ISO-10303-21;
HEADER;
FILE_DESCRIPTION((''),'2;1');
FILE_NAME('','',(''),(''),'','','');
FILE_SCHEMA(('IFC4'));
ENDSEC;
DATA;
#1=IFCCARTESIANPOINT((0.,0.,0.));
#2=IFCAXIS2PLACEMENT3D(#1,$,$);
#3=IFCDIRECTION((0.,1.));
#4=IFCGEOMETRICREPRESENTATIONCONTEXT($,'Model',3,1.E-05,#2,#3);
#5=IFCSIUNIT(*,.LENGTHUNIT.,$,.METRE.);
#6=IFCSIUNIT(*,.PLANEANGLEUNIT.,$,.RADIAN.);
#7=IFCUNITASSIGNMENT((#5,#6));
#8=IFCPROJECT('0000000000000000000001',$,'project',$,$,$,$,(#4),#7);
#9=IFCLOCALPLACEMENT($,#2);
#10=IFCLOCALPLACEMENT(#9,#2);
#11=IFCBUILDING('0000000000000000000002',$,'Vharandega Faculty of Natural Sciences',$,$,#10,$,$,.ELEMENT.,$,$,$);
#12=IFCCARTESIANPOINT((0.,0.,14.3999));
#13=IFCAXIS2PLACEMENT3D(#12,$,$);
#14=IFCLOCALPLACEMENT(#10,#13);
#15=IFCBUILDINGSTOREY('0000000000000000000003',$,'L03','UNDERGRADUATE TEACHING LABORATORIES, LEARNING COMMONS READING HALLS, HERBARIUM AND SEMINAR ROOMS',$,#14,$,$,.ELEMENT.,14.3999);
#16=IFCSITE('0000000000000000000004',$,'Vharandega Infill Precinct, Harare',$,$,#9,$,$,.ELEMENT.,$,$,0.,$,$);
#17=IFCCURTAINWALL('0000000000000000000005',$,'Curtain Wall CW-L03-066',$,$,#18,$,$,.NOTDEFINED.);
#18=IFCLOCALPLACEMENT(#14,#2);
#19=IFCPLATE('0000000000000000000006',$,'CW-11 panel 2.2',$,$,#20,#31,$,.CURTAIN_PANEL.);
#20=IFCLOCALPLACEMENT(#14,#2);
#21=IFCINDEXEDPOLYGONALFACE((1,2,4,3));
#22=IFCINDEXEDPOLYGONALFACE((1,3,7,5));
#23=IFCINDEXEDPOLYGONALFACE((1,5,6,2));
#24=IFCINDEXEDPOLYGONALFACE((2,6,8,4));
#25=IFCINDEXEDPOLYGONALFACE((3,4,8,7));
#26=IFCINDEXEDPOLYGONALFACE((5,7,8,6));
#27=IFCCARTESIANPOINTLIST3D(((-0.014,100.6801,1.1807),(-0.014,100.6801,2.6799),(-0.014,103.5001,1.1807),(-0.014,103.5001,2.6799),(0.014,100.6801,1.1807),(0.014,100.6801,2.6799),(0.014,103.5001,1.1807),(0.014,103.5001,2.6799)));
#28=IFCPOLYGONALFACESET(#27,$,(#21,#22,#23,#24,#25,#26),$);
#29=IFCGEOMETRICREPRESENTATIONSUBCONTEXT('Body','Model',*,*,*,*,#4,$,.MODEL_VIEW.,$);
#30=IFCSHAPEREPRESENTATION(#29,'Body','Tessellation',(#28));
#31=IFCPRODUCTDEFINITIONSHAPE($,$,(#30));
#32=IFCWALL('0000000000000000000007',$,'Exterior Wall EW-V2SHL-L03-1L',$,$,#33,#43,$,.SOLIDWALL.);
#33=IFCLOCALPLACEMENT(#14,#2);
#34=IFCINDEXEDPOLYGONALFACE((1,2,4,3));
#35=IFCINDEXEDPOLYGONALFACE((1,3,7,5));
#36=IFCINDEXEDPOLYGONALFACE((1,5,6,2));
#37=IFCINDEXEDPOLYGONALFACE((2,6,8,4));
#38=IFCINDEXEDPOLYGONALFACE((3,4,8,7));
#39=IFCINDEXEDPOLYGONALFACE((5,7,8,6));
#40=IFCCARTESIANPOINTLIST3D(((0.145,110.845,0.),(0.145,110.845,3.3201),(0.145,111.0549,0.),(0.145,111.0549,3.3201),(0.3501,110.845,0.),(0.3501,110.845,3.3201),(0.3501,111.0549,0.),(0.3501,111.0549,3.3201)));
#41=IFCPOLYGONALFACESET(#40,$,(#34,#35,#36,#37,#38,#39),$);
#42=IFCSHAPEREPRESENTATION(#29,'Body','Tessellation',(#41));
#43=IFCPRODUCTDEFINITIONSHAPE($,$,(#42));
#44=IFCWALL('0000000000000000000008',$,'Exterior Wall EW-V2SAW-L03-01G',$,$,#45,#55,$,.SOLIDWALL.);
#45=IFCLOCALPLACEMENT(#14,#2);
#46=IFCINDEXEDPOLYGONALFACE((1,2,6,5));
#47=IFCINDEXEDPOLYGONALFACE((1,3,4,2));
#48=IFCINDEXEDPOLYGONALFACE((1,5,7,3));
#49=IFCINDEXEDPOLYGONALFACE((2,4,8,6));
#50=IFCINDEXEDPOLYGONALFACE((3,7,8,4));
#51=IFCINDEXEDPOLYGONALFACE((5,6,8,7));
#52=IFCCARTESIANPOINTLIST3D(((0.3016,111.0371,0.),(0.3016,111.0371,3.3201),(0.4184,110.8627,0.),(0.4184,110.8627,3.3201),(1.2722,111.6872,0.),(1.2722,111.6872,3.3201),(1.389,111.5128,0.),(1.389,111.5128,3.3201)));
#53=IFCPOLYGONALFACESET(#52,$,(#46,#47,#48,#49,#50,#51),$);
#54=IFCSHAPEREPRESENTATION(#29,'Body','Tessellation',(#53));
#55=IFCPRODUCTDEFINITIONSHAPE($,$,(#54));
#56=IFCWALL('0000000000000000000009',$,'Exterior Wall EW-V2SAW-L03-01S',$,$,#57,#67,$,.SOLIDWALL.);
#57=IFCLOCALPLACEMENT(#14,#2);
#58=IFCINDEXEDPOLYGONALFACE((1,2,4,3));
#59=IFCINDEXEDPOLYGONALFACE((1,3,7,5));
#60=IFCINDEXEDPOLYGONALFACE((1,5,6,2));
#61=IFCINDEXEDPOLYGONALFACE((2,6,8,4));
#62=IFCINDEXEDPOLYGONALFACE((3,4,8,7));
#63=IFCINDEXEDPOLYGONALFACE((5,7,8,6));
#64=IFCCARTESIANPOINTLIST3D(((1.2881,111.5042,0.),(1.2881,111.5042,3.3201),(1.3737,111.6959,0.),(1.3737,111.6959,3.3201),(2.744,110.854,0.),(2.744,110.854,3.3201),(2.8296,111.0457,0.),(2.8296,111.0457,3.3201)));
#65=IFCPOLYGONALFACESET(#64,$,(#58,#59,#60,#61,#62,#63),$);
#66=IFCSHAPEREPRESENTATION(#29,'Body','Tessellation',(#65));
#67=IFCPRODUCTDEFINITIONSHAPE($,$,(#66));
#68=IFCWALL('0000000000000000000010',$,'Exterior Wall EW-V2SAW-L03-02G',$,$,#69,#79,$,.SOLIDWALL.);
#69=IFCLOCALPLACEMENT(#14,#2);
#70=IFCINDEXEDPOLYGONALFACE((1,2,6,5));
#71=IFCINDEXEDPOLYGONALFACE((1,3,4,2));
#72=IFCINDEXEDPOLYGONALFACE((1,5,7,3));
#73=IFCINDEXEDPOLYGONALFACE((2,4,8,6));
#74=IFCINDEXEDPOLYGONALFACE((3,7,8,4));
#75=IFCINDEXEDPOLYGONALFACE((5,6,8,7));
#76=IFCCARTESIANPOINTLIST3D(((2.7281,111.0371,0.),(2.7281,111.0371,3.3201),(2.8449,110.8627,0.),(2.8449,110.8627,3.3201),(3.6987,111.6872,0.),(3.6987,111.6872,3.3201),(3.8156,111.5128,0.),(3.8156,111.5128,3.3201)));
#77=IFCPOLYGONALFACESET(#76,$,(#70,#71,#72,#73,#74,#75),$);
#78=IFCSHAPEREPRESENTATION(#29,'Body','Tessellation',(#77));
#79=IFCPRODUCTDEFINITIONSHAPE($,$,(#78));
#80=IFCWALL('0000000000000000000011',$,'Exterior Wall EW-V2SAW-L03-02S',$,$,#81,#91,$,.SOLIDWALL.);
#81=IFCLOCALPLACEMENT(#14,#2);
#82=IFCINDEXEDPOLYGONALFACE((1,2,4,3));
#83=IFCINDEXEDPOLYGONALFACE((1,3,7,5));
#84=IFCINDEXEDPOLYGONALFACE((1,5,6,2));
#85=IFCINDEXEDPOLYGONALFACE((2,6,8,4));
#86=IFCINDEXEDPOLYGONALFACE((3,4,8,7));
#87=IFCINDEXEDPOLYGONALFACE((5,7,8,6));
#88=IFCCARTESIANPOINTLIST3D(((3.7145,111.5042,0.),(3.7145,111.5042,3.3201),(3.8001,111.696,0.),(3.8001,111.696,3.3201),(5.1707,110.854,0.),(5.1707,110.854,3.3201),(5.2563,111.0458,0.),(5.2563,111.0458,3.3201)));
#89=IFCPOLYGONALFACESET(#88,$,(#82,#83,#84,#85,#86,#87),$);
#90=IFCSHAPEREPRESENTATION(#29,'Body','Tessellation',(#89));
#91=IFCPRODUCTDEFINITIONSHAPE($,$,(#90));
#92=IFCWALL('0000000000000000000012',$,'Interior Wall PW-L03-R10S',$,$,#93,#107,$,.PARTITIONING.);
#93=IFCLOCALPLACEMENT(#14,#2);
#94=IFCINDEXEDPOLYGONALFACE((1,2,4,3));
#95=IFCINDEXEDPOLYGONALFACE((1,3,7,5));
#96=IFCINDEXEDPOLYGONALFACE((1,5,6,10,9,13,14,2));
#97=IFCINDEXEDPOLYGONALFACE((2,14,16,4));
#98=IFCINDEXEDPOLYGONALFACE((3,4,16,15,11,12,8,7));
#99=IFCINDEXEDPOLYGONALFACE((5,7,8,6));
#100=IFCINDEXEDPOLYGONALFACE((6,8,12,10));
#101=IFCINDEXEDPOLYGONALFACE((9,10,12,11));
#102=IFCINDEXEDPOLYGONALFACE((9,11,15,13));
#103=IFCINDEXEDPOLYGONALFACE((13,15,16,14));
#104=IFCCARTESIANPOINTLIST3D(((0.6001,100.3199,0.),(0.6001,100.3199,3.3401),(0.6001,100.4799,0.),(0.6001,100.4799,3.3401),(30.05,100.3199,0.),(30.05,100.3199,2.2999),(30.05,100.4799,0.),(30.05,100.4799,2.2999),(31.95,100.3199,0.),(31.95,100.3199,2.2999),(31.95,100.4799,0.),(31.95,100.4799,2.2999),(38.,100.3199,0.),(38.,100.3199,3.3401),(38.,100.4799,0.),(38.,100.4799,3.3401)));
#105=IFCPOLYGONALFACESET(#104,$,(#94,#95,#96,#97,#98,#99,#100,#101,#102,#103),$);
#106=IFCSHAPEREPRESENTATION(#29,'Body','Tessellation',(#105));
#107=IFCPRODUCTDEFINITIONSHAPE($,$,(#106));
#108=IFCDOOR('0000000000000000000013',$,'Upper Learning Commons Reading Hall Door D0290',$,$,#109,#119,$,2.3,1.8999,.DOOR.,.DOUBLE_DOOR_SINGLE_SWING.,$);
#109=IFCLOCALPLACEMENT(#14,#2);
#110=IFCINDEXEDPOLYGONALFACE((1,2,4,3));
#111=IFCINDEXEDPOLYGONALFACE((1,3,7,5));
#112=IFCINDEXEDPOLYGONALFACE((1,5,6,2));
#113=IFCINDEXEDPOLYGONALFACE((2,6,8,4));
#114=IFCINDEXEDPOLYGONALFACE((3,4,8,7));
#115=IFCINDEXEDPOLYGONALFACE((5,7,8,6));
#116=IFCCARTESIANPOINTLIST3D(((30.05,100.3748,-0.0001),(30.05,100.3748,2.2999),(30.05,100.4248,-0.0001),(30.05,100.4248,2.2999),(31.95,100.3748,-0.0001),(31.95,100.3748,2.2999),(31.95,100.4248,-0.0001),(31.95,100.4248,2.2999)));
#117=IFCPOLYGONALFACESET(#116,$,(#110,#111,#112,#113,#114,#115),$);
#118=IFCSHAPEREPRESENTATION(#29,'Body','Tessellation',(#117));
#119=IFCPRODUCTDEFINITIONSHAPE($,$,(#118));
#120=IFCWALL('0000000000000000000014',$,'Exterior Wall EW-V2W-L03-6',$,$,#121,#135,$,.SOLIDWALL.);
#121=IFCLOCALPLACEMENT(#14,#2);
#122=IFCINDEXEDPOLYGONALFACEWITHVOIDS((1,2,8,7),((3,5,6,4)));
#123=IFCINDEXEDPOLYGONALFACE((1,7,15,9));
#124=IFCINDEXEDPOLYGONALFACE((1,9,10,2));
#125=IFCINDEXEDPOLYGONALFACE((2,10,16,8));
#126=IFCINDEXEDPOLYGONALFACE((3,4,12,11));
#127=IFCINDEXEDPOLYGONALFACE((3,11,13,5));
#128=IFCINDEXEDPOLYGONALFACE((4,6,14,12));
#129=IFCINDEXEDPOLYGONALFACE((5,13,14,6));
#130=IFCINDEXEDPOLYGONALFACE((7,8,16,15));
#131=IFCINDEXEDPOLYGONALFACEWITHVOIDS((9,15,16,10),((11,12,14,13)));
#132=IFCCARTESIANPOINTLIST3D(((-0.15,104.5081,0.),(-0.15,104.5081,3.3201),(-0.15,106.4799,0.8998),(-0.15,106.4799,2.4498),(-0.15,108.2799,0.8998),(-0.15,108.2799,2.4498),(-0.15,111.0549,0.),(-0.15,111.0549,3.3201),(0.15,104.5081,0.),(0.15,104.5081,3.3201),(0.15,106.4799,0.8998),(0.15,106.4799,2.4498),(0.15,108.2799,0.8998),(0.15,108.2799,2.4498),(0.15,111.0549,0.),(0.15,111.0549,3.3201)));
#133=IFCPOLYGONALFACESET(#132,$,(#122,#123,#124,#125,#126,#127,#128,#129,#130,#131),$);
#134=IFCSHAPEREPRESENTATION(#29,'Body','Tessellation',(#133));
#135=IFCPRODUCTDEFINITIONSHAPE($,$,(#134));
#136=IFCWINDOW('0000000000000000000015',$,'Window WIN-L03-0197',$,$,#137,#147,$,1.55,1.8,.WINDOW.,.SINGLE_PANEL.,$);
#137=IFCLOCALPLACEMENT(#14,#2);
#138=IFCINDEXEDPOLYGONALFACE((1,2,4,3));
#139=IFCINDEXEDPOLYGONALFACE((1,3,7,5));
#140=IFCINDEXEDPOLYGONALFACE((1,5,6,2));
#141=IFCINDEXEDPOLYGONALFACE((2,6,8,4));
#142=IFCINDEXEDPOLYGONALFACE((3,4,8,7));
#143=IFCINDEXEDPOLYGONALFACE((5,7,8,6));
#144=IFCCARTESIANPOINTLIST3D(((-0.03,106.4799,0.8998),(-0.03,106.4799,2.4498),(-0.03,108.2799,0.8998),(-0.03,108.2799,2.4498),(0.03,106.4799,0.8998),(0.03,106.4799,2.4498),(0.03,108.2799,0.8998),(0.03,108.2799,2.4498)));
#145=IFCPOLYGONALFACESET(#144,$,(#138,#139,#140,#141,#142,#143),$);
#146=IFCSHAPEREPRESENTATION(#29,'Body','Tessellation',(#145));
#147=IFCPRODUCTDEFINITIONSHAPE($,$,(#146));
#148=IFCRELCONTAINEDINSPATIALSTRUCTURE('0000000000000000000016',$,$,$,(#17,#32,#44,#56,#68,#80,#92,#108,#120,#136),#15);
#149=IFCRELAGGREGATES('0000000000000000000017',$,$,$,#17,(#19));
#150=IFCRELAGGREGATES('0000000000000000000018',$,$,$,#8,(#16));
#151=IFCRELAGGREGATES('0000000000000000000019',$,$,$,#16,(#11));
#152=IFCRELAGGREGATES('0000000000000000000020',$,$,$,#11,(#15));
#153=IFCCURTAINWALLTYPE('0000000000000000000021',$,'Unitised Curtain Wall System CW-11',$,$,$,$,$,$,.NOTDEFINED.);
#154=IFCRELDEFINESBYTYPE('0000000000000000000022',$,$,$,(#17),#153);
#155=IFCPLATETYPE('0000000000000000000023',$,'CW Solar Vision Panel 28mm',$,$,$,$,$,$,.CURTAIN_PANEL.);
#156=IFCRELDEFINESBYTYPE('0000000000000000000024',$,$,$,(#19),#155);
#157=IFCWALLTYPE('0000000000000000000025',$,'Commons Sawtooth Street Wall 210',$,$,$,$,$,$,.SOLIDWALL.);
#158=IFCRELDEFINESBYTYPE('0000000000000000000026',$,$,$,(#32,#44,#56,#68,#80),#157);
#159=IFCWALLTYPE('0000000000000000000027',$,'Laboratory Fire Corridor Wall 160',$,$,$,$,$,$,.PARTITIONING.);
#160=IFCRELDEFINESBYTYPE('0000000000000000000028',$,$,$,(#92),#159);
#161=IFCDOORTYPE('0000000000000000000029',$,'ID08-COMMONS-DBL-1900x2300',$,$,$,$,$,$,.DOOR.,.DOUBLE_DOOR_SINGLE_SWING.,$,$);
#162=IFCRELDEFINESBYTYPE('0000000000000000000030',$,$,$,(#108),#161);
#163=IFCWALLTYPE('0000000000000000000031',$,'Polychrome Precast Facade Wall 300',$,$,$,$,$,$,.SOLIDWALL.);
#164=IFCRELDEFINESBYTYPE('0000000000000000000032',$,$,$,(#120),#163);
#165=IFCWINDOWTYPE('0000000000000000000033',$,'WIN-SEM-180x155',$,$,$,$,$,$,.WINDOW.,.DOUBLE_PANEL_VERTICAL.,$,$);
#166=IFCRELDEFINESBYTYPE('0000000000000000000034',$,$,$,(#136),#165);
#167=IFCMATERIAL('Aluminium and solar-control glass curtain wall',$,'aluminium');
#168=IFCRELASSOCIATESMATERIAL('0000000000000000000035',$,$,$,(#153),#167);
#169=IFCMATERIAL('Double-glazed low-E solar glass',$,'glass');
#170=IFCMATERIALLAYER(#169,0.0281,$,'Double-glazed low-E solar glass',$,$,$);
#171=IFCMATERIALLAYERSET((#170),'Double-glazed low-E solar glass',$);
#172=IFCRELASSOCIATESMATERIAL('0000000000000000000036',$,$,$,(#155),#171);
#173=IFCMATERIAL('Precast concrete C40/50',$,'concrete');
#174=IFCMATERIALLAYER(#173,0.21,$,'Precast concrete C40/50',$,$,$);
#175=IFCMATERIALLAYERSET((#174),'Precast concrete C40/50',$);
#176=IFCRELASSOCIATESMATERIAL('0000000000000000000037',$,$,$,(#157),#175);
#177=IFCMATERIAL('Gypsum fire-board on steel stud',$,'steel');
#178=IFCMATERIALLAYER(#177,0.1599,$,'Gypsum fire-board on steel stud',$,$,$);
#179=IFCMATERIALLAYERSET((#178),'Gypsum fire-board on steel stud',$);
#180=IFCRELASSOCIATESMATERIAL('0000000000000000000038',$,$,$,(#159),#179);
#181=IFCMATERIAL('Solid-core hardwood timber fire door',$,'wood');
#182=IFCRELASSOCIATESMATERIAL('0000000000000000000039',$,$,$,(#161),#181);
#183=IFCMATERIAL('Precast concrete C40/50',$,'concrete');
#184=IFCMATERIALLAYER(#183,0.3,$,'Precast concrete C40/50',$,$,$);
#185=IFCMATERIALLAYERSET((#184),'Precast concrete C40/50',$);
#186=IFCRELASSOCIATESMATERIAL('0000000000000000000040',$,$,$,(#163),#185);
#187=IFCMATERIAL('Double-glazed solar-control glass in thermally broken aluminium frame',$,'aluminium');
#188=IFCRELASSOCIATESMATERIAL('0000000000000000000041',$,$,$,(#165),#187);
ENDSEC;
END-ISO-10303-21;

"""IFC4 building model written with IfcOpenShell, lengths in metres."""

from ifc_helpers import new_model, si_unit, direction, frame, frame_2d, origin, origin_2d, place, context, subcontext, project, spatial, rectangle, extrude, material, layer, layer_set, type_object, element, fill, aggregate, save


model = new_model("IFC4")

# Units and contexts
model_context = context("Model", 3, precision=1e-05, world=origin(), true_north=direction((0.0, 1.0)))
body_context = subcontext(model_context, "Body", "Model", "MODEL_VIEW")
ifc_project = project(units=[si_unit("LENGTHUNIT", "METRE"), si_unit("PLANEANGLEUNIT", "RADIAN")], contexts=[model_context])

# Site, building, storey
site_placement = place(None, origin())
site = spatial("IfcSite", under=ifc_project, at=site_placement, Name="Vharandega Infill Precinct, Harare", CompositionType="ELEMENT", RefElevation=0.0)
building_placement = place(site_placement, origin())
building = spatial("IfcBuilding", under=site, at=building_placement, Name="Vharandega Faculty of Natural Sciences", CompositionType="ELEMENT")
storey_placement = place(building_placement, frame((0.0, 0.0, 14.3999)))
storey = spatial("IfcBuildingStorey", under=building, at=storey_placement, Name="L03", Description="UNDERGRADUATE TEACHING LABORATORIES, LEARNING COMMONS READING HALLS, HERBARIUM AND SEMINAR ROOMS", CompositionType="ELEMENT", Elevation=14.3999)

# Curtain wall
ifc_material_1 = material(Name="Aluminium and solar-control glass curtain wall", Category="aluminium")
curtain_wall_type = type_object("IfcCurtainWallType", Name="Unitised Curtain Wall System CW-11", PredefinedType="NOTDEFINED", material=ifc_material_1)
curtain_wall_placement = place(storey_placement, origin())
curtain_wall = element("IfcCurtainWall", 1, at=curtain_wall_placement, inside=storey, type_object=curtain_wall_type, Name="Curtain Wall CW-L03-066", PredefinedType="NOTDEFINED")

# Plate
ifc_material_2 = material(Name="Double-glazed low-E solar glass", Category="glass")
ifc_layer_1 = layer(ifc_material_2, 0.0281, Name="Double-glazed low-E solar glass")
ifc_layer_set_1 = layer_set([ifc_layer_1], Name="Double-glazed low-E solar glass")
plate_type = type_object("IfcPlateType", Name="CW Solar Vision Panel 28mm", PredefinedType="CURTAIN_PANEL", material=ifc_layer_set_1)
plate_1_placement = place(storey_placement, frame((0.0, 102.0901, 1.1807), z_axis=(0.0, 0.0, 1.0), x_axis=(0.0, 1.0, 0.0)))
plate_1 = element("IfcPlate", 2, at=plate_1_placement, type_object=plate_type, Name="CW-11 panel 2.2", PredefinedType="CURTAIN_PANEL", context=body_context, shape_type="SweptSolid", body=[
    extrude(rectangle(XDim=2.8201, YDim=0.0281, at=origin_2d()), origin(), (0.0, 0.0, 1.0), 1.4993),
])
aggregate(curtain_wall, [plate_1])

# Walls
ifc_material_3 = material(Name="Precast concrete C40/50", Category="concrete")
ifc_layer_2 = layer(ifc_material_3, 0.21, Name="Precast concrete C40/50")
ifc_layer_set_2 = layer_set([ifc_layer_2], Name="Precast concrete C40/50")
wall_type_1 = type_object("IfcWallType", Name="Commons Sawtooth Street Wall 210", PredefinedType="SOLIDWALL", material=ifc_layer_set_2)
wall_1_placement = place(storey_placement, frame((0.145, 110.95, 0.0), z_axis=(0.0, 0.0, 1.0), x_axis=(1.0, 0.0, 0.0)))
element("IfcWall", 3, at=wall_1_placement, inside=storey, type_object=wall_type_1, Name="Exterior Wall EW-V2SHL-L03-1L", PredefinedType="SOLIDWALL", context=body_context, shape_type="SweptSolid", body=[
    extrude(rectangle(XDim=0.2051, YDim=0.21, at=frame_2d((0.1025, 0.0))), origin(), (0.0, 0.0, 1.0), 3.3201),
])
wall_2_placement = place(storey_placement, frame((0.3601, 110.95, 0.0), z_axis=(0.0, 0.0, 1.0), x_axis=(0.830859, 0.556483, 0.0)))
element("IfcWall", 4, at=wall_2_placement, inside=storey, type_object=wall_type_1, Name="Exterior Wall EW-V2SAW-L03-01G", PredefinedType="SOLIDWALL", context=body_context, shape_type="SweptSolid", body=[
    extrude(rectangle(XDim=1.1682, YDim=0.21, at=frame_2d((0.584, 0.0))), origin(), (0.0, 0.0, 1.0), 3.3201),
])
wall_3_placement = place(storey_placement, frame((1.3308, 111.6001, 0.0), z_axis=(0.0, 0.0, 1.0), x_axis=(0.913084, -0.407772, 0.0)))
element("IfcWall", 5, at=wall_3_placement, inside=storey, type_object=wall_type_1, Name="Exterior Wall EW-V2SAW-L03-01S", PredefinedType="SOLIDWALL", context=body_context, shape_type="SweptSolid", body=[
    extrude(rectangle(XDim=1.5945, YDim=0.21, at=frame_2d((0.7974, 0.0))), origin(), (0.0, 0.0, 1.0), 3.3201),
])
wall_4_placement = place(storey_placement, frame((2.7866, 110.95, 0.0), z_axis=(0.0, 0.0, 1.0), x_axis=(0.830859, 0.556483, 0.0)))
element("IfcWall", 6, at=wall_4_placement, inside=storey, type_object=wall_type_1, Name="Exterior Wall EW-V2SAW-L03-02G", PredefinedType="SOLIDWALL", context=body_context, shape_type="SweptSolid", body=[
    extrude(rectangle(XDim=1.1682, YDim=0.21, at=frame_2d((0.584, 0.0))), origin(), (0.0, 0.0, 1.0), 3.3201),
])
wall_5_placement = place(storey_placement, frame((3.7573, 111.6001, 0.0), z_axis=(0.0, 0.0, 1.0), x_axis=(0.913109, -0.407715, 0.0)))
element("IfcWall", 7, at=wall_5_placement, inside=storey, type_object=wall_type_1, Name="Exterior Wall EW-V2SAW-L03-02S", PredefinedType="SOLIDWALL", context=body_context, shape_type="SweptSolid", body=[
    extrude(rectangle(XDim=1.5947, YDim=0.21, at=frame_2d((0.7974, 0.0))), origin(), (0.0, 0.0, 1.0), 3.3201),
])

# Wall, opening, door
ifc_material_4 = material(Name="Gypsum fire-board on steel stud", Category="steel")
ifc_layer_3 = layer(ifc_material_4, 0.1599, Name="Gypsum fire-board on steel stud")
ifc_layer_set_3 = layer_set([ifc_layer_3], Name="Gypsum fire-board on steel stud")
wall_type_2 = type_object("IfcWallType", Name="Laboratory Fire Corridor Wall 160", PredefinedType="PARTITIONING", material=ifc_layer_set_3)
wall_6_placement = place(storey_placement, frame((0.6001, 100.3999, 0.0), z_axis=(0.0, 0.0, 1.0), x_axis=(1.0, 0.0, 0.0)))
wall_6 = element("IfcWall", 8, at=wall_6_placement, inside=storey, type_object=wall_type_2, Name="Interior Wall PW-L03-R10S", PredefinedType="PARTITIONING", context=body_context, shape_type="SweptSolid", body=[
    extrude(rectangle(XDim=37.3999, YDim=0.1599, at=frame_2d((18.7, 0.0))), origin(), (0.0, 0.0, 1.0), 3.3401),
])
opening_1_placement = place(wall_6_placement, frame((29.45, 0.0, 0.0)))
opening_1 = element("IfcOpeningElement", 9, at=opening_1_placement, cuts=wall_6, PredefinedType="OPENING", context=body_context, shape_type="SweptSolid", body=[
    extrude(rectangle(XDim=1.8999, YDim=2.3, at=frame_2d((0.95, 1.1499))), frame((0.0, 0.0898, 0.0), z_axis=(0.0, -1.0, 0.0), x_axis=(1.0, 0.0, 0.0)), (0.0, 0.0, 1.0), 0.1799),
])
ifc_material_5 = material(Name="Solid-core hardwood timber fire door", Category="wood")
door_type = type_object("IfcDoorType", Name="ID08-COMMONS-DBL-1900x2300", OperationType="DOUBLE_DOOR_SINGLE_SWING", PredefinedType="DOOR", material=ifc_material_5)
door_placement = place(opening_1_placement, origin())
door = element("IfcDoor", 10, at=door_placement, inside=storey, type_object=door_type, Name="Upper Learning Commons Reading Hall Door D0290", OperationType="DOUBLE_DOOR_SINGLE_SWING", OverallHeight=2.3, OverallWidth=1.8999, PredefinedType="DOOR", context=body_context, shape_type="SweptSolid", body=[
    extrude(rectangle(XDim=1.8999, YDim=2.3, at=frame_2d((0.95, 1.1499))), frame((0.0, 0.0249, 0.0), z_axis=(0.0, -1.0, 0.0), x_axis=(1.0, 0.0, 0.0)), (0.0, 0.0, 1.0), 0.05),
])
fill(opening_1, door)

# Wall, opening, window
ifc_material_6 = material(Name="Precast concrete C40/50", Category="concrete")
ifc_layer_4 = layer(ifc_material_6, 0.3, Name="Precast concrete C40/50")
ifc_layer_set_4 = layer_set([ifc_layer_4], Name="Precast concrete C40/50")
wall_type_3 = type_object("IfcWallType", Name="Polychrome Precast Facade Wall 300", PredefinedType="SOLIDWALL", material=ifc_layer_set_4)
wall_7_placement = place(storey_placement, frame((0.0, 104.5081, 0.0), z_axis=(0.0, 0.0, 1.0), x_axis=(0.0, 1.0, 0.0)))
wall_7 = element("IfcWall", 11, at=wall_7_placement, inside=storey, type_object=wall_type_3, Name="Exterior Wall EW-V2W-L03-6", PredefinedType="SOLIDWALL", context=body_context, shape_type="SweptSolid", body=[
    extrude(rectangle(XDim=6.5469, YDim=0.3, at=frame_2d((3.2734, 0.0))), origin(), (0.0, 0.0, 1.0), 3.3201),
])
opening_2_placement = place(wall_7_placement, frame((1.9719, 0.0, 0.8999)))
opening_2 = element("IfcOpeningElement", 12, at=opening_2_placement, cuts=wall_7, PredefinedType="OPENING", context=body_context, shape_type="SweptSolid", body=[
    extrude(rectangle(XDim=1.8, YDim=1.55, at=frame_2d((0.8999, 0.7749))), frame((0.0, 0.1602, 0.0), z_axis=(0.0, -1.0, 0.0), x_axis=(1.0, 0.0, 0.0)), (0.0, 0.0, 1.0), 0.3201),
])
ifc_material_7 = material(Name="Double-glazed solar-control glass in thermally broken aluminium frame", Category="aluminium")
window_type = type_object("IfcWindowType", Name="WIN-SEM-180x155", PartitioningType="DOUBLE_PANEL_VERTICAL", PredefinedType="WINDOW", material=ifc_material_7)
window_placement = place(opening_2_placement, origin())
window = element("IfcWindow", 13, at=window_placement, inside=storey, type_object=window_type, Name="Window WIN-L03-0197", OverallHeight=1.55, OverallWidth=1.8, PartitioningType="SINGLE_PANEL", PredefinedType="WINDOW", context=body_context, shape_type="SweptSolid", body=[
    extrude(rectangle(XDim=1.8, YDim=1.55, at=frame_2d((0.8999, 0.7749))), frame((0.0, 0.03, 0.0), z_axis=(0.0, -1.0, 0.0), x_axis=(1.0, 0.0, 0.0)), (0.0, 0.0, 1.0), 0.0601),
])
fill(opening_2, window)

save(model, "model.ifc")
